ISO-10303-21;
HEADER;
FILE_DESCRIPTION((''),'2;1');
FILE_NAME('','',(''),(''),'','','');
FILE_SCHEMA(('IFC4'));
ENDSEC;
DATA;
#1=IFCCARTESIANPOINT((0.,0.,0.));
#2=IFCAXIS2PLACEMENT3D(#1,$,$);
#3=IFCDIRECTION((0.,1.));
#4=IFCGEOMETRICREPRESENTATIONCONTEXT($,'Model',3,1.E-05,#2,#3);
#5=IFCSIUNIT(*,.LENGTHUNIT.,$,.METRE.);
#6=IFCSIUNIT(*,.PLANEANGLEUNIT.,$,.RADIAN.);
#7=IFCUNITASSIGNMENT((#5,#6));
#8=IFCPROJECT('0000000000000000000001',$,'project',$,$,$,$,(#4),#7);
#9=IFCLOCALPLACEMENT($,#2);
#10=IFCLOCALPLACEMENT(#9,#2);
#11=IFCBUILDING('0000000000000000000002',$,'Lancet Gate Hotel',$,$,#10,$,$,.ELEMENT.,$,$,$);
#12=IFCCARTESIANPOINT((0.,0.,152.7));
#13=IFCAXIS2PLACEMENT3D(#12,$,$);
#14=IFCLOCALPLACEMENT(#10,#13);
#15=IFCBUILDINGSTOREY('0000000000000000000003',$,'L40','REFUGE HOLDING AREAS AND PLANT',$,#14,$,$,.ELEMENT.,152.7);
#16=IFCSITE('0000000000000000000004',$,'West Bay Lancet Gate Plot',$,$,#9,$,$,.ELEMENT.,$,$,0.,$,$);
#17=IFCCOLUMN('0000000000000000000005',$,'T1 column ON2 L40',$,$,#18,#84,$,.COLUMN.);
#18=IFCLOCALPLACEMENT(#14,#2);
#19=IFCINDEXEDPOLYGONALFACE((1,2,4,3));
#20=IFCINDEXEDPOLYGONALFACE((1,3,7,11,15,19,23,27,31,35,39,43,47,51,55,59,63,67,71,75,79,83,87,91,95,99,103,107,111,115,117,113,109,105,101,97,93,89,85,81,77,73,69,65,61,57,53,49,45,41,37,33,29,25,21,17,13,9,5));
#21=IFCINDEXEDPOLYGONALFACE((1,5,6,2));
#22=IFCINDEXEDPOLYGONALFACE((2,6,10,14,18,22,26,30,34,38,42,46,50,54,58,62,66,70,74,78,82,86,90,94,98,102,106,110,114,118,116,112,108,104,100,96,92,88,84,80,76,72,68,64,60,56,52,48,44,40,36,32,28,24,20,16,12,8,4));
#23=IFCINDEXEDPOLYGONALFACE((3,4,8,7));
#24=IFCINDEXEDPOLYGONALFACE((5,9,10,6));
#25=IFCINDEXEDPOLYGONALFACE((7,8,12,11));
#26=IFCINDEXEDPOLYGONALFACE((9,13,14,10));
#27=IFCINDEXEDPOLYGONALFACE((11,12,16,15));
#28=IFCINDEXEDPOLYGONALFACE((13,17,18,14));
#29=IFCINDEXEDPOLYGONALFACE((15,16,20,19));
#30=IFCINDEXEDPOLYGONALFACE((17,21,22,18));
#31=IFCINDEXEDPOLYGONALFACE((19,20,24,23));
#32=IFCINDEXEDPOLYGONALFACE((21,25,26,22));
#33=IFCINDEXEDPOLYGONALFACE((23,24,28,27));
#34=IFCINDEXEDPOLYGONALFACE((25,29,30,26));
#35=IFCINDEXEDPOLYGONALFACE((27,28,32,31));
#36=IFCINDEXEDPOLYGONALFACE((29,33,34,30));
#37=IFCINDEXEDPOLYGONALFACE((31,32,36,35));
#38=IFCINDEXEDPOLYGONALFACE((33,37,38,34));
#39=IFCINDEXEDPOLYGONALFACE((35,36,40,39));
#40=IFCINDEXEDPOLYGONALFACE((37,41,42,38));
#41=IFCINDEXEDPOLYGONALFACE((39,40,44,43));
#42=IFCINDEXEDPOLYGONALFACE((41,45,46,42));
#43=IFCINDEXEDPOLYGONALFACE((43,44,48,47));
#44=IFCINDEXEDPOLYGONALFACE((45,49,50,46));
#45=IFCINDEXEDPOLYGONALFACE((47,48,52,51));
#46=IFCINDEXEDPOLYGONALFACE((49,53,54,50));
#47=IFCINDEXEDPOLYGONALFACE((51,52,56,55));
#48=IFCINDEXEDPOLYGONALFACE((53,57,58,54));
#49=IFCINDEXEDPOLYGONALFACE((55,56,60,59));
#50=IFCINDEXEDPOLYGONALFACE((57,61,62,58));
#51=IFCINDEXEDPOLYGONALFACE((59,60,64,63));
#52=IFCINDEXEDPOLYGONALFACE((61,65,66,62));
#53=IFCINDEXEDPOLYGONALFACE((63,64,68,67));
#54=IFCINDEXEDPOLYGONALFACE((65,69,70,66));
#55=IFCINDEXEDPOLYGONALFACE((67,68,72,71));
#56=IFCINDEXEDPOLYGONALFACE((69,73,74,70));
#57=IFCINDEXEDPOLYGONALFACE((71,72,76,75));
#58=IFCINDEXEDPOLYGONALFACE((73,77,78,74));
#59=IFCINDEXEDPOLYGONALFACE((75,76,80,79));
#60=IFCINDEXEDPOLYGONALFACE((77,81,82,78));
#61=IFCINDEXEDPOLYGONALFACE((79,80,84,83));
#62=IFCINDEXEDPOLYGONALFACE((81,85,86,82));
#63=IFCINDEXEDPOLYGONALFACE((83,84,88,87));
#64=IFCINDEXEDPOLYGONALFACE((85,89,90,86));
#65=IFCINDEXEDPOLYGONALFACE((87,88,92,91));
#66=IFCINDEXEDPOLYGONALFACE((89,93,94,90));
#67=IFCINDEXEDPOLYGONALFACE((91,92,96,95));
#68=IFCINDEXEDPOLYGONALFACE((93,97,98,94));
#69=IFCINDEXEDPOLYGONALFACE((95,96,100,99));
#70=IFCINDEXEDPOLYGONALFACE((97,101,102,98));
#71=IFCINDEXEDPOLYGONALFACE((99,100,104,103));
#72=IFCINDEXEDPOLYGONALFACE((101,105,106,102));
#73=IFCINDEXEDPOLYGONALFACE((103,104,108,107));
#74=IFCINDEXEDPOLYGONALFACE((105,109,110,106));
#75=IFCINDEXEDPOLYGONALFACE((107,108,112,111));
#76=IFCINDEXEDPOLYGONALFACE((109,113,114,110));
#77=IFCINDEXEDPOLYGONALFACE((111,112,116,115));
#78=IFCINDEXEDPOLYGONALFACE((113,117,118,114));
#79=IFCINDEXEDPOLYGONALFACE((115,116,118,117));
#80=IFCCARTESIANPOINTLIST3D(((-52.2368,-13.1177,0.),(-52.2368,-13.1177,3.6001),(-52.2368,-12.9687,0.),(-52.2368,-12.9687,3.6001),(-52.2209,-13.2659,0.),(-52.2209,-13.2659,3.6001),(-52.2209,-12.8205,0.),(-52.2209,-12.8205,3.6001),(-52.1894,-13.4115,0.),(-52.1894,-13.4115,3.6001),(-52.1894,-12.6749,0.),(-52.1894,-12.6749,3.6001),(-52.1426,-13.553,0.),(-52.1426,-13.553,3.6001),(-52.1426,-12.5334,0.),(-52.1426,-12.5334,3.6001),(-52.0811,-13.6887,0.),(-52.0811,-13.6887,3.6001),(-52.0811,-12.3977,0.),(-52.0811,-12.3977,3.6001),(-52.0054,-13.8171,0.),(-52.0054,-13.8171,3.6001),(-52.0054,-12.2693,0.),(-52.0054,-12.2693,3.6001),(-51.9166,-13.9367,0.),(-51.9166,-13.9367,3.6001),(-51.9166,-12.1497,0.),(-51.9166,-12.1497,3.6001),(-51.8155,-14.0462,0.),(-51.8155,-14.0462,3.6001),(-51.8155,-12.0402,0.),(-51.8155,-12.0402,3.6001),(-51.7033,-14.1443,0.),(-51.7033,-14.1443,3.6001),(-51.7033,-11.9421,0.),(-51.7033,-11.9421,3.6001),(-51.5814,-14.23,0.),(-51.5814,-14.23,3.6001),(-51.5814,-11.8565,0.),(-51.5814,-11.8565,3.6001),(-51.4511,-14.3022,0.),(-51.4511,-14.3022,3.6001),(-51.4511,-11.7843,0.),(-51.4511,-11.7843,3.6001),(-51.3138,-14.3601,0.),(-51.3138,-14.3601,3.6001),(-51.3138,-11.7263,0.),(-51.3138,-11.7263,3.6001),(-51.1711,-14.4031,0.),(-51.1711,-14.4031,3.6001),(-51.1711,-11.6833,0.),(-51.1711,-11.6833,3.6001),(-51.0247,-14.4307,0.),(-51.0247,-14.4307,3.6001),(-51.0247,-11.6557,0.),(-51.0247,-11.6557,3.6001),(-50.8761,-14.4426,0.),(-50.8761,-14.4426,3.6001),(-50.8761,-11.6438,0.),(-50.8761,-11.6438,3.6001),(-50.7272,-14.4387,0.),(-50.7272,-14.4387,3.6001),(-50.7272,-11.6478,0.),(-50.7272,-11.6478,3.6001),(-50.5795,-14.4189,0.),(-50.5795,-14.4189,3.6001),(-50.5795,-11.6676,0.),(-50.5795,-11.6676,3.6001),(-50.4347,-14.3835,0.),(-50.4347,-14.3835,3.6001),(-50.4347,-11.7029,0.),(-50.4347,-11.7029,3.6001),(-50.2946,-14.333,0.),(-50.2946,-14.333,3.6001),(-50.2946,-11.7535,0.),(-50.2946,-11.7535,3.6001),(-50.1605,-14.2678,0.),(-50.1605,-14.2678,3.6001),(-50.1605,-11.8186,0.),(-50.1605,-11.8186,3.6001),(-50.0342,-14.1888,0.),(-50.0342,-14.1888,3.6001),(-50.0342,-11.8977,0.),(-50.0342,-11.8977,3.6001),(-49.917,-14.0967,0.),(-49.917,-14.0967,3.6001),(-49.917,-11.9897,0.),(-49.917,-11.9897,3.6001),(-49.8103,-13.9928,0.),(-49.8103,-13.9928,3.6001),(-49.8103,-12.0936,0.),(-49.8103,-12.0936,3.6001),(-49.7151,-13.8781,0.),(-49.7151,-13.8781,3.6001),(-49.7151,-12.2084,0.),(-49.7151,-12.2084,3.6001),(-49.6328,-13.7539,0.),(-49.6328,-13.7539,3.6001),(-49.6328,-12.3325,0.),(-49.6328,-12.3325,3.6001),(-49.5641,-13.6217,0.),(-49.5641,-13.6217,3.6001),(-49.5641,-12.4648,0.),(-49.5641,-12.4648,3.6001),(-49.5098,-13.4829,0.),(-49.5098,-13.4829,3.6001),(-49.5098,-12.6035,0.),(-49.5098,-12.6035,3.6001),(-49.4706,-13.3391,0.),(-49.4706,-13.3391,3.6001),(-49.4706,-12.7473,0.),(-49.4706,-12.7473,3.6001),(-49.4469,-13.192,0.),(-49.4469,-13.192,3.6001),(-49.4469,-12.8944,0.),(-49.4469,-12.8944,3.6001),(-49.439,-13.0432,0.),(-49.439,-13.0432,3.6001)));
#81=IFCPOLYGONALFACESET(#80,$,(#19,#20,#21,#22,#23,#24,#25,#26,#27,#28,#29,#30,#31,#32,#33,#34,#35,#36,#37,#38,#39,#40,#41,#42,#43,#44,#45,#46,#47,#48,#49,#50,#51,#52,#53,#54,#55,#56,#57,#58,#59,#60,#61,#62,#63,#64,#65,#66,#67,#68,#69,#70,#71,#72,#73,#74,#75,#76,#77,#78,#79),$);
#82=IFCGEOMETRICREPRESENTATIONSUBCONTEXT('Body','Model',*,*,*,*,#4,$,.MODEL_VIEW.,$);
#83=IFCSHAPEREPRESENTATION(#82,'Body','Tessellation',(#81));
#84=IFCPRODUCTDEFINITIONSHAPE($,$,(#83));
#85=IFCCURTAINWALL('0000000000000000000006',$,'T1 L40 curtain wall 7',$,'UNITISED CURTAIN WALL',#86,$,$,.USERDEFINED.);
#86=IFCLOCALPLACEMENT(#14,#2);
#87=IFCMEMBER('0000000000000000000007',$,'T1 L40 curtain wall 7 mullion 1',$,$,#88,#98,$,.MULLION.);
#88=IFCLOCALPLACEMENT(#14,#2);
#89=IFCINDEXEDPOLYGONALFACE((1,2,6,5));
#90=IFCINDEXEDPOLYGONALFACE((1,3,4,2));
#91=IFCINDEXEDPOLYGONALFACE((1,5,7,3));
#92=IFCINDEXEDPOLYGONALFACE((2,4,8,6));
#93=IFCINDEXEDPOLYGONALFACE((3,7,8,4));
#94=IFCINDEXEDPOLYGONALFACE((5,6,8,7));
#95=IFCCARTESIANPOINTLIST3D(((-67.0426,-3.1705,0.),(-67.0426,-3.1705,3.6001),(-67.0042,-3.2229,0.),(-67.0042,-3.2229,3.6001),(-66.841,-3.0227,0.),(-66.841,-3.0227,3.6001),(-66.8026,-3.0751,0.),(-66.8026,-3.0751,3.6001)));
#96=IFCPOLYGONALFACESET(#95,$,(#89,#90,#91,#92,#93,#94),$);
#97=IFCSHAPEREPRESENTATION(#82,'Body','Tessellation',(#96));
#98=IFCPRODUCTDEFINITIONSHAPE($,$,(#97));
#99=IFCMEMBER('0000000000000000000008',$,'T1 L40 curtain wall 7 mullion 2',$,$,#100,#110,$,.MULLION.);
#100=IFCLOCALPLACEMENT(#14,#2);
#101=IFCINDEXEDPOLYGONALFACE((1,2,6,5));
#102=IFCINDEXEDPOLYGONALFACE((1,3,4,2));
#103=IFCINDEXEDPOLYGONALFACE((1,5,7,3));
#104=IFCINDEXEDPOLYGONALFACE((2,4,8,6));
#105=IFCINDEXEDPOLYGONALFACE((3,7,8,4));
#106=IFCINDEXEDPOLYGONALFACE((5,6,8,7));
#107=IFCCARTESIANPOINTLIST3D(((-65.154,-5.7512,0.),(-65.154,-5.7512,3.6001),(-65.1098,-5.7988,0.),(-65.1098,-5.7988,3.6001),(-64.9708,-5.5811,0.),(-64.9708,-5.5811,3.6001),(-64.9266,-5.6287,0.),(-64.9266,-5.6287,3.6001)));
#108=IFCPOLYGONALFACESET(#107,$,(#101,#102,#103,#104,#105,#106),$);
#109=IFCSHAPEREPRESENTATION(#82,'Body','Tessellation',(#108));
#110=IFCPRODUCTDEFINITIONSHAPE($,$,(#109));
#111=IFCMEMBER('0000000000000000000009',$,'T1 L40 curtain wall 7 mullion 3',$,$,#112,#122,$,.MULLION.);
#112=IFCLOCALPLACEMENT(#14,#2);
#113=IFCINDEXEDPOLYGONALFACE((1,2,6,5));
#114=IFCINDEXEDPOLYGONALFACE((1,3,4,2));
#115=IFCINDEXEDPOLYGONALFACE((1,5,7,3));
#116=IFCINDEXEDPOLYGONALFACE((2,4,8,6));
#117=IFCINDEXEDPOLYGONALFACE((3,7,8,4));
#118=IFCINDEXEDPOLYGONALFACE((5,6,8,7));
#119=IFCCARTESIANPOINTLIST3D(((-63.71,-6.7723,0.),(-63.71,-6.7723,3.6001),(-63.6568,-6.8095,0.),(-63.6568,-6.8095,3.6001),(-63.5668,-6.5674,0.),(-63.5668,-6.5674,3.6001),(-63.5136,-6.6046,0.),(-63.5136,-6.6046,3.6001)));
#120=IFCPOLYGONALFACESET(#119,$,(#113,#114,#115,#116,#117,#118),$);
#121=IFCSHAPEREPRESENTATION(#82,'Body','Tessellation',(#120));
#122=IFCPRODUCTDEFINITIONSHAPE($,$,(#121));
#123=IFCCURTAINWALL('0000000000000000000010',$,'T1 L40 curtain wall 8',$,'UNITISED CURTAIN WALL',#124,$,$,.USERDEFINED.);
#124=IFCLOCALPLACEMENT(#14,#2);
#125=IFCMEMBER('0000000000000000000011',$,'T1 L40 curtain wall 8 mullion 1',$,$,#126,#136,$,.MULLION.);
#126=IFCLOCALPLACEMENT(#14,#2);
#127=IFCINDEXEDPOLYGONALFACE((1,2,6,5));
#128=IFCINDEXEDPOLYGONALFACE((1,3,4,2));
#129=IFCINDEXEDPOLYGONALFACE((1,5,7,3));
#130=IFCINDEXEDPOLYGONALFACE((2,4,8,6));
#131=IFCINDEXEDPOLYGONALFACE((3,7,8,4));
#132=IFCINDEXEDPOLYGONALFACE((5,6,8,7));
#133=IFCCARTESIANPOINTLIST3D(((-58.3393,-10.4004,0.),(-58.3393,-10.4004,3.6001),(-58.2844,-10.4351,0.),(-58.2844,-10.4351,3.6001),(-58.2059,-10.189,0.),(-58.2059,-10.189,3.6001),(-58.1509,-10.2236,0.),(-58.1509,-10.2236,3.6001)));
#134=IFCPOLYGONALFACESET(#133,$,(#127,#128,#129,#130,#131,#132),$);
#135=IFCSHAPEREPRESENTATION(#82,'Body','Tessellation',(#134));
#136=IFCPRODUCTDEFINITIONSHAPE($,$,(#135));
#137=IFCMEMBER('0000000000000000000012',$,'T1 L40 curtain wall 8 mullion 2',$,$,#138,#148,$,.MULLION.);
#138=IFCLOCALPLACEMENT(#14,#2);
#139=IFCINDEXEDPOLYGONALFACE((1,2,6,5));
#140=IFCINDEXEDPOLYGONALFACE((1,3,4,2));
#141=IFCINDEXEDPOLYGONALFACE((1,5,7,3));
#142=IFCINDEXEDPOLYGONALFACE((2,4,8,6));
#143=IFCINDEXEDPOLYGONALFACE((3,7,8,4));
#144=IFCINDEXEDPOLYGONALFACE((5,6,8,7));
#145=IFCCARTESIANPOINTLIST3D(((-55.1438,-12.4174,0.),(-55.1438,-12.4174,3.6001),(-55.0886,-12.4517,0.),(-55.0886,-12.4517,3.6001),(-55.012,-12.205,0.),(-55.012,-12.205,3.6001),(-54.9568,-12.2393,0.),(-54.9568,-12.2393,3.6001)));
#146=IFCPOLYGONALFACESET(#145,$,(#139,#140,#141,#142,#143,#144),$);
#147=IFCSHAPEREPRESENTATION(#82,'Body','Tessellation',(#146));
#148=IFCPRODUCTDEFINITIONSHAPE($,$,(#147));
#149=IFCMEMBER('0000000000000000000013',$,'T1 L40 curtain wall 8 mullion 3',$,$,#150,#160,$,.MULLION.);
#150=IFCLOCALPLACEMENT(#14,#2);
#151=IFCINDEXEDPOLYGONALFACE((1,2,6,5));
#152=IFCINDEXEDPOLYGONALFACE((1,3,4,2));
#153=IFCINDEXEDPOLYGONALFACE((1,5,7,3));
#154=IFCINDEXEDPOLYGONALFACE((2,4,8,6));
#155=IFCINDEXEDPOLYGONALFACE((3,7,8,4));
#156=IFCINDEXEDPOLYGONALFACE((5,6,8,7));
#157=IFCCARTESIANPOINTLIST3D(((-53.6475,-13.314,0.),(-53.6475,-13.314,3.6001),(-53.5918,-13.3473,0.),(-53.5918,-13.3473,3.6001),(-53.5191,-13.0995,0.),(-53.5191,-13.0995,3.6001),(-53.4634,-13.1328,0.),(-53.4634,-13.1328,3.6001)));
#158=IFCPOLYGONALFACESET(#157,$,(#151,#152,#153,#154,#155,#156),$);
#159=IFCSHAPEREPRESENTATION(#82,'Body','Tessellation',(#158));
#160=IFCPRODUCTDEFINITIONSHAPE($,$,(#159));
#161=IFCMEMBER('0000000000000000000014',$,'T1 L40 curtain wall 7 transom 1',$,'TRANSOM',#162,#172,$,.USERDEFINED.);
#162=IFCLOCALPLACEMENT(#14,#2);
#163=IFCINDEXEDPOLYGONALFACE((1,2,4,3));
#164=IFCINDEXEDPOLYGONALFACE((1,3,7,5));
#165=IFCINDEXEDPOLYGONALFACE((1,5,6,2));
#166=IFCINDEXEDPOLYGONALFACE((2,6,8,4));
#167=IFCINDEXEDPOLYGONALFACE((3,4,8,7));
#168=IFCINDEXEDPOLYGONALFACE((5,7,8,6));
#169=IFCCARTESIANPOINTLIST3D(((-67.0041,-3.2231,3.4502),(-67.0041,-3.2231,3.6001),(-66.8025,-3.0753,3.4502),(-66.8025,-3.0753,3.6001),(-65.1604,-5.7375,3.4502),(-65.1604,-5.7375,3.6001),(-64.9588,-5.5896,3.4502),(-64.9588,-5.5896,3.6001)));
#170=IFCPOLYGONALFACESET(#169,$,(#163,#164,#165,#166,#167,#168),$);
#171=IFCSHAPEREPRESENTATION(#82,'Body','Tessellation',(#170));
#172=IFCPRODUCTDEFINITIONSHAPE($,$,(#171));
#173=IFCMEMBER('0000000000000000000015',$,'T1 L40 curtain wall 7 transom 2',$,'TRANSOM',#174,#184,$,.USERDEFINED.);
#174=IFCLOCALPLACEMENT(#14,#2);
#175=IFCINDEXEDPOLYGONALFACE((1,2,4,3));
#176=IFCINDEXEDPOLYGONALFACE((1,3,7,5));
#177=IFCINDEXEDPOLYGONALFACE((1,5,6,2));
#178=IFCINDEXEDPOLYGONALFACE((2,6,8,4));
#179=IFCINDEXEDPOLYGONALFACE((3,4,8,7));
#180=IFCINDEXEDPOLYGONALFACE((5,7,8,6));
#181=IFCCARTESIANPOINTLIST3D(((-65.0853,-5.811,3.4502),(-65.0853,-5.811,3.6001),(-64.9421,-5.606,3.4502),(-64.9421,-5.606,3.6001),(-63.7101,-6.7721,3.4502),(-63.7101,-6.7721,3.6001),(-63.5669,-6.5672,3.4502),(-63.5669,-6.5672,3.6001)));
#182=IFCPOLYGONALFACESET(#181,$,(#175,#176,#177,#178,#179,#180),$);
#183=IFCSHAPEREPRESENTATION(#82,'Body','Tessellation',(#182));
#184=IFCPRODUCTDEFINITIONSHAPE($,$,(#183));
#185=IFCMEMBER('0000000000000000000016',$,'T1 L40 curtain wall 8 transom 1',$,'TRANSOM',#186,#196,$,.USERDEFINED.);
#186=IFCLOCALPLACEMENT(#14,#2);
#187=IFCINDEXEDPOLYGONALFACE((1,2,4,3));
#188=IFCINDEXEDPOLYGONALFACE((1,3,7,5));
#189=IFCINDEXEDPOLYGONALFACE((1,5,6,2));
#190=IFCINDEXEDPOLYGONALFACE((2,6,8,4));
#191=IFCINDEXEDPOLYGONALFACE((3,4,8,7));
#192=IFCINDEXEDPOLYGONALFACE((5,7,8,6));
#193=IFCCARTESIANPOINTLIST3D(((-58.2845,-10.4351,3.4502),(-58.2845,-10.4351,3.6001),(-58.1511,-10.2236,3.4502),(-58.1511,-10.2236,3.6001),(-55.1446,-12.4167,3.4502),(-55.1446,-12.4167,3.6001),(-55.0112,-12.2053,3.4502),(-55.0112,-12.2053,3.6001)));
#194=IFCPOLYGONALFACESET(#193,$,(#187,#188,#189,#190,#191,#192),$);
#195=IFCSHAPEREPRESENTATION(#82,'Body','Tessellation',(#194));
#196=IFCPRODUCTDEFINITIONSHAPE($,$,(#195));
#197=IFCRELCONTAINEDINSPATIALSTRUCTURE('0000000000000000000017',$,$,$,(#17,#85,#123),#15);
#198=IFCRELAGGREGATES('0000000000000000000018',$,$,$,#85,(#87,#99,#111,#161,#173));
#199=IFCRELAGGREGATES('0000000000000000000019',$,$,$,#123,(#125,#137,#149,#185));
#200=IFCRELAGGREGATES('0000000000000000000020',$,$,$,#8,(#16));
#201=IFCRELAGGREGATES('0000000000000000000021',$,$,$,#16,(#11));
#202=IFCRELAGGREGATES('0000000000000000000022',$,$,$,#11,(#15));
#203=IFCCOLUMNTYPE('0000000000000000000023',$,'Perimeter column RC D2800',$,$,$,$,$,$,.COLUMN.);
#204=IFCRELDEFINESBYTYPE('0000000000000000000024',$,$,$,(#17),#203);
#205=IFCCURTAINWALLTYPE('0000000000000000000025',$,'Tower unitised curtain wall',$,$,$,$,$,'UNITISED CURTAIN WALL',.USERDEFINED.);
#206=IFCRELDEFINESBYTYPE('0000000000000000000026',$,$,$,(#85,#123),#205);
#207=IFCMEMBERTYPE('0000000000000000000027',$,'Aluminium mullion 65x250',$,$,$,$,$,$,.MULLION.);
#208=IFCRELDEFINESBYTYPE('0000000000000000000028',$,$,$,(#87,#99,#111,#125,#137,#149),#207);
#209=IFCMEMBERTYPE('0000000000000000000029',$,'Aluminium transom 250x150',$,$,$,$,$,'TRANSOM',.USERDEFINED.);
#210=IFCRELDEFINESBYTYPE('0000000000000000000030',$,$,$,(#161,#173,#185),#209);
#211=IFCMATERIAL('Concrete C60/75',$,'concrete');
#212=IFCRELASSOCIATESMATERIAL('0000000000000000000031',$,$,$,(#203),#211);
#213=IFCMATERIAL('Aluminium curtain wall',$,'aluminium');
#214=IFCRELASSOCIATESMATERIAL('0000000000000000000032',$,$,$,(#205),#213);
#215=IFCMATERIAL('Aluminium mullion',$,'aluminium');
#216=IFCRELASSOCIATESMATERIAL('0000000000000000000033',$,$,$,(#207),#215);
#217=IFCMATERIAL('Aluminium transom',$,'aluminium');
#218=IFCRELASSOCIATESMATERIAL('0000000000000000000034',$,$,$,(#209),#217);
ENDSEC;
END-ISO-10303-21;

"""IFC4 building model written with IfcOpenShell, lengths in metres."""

from ifc_helpers import new_model, si_unit, direction, frame, origin, origin_2d, place, context, subcontext, project, spatial, rectangle, circle, extrude, material, material_profile, profile_set, type_object, element, aggregate, save


model = new_model("IFC4")

# Units and contexts
model_context = context("Model", 3, precision=1e-05, world=origin(), true_north=direction((0.0, 1.0)))
body_context = subcontext(model_context, "Body", "Model", "MODEL_VIEW")
ifc_project = project(units=[si_unit("LENGTHUNIT", "METRE"), si_unit("PLANEANGLEUNIT", "RADIAN")], contexts=[model_context])

# Site, building, storey
site_placement = place(None, origin())
site = spatial("IfcSite", under=ifc_project, at=site_placement, Name="West Bay Lancet Gate Plot", CompositionType="ELEMENT", RefElevation=0.0)
building_placement = place(site_placement, origin())
building = spatial("IfcBuilding", under=site, at=building_placement, Name="Lancet Gate Hotel", CompositionType="ELEMENT")
storey_placement = place(building_placement, frame((0.0, 0.0, 152.7)))
storey = spatial("IfcBuildingStorey", under=building, at=storey_placement, Name="L40", Description="REFUGE HOLDING AREAS AND PLANT", CompositionType="ELEMENT", Elevation=152.7)

# Column
ifc_material_1 = material(Name="Concrete C60/75", Category="concrete")
ifc_material_profile_1 = material_profile(ifc_material_1, circle(Radius=1.3999, at=origin_2d()), Name="RC D2800")
ifc_profile_set_1 = profile_set([ifc_material_profile_1], Name="Concrete C60/75")
column_type = type_object("IfcColumnType", Name="Perimeter column RC D2800", PredefinedType="COLUMN", material=ifc_profile_set_1)
for number, where, z_axis, x_axis, name in (
    (1, (-50.8389, -13.0432, 0.0), (0.0, 0.0, 1.0), (1.0, 0.0, 0.0), "T1 column ON2 L40"),
):
    element("IfcColumn", number, at=place(storey_placement, frame(where, z_axis=z_axis, x_axis=x_axis)), inside=storey, type_object=column_type, Name=name, PredefinedType="COLUMN", context=body_context, shape_type="SweptSolid", body=[
        extrude(circle(Radius=1.3999, at=origin_2d()), origin(), (0.0, 0.0, 1.0), 3.6001),
    ])

# Curtain walls, members
ifc_material_2 = material(Name="Aluminium curtain wall", Category="aluminium")
curtain_wall_type = type_object("IfcCurtainWallType", Name="Tower unitised curtain wall", ElementType="UNITISED CURTAIN WALL", PredefinedType="USERDEFINED", material=ifc_material_2)
curtain_wall_1_placement = place(storey_placement, origin())
curtain_wall_1 = element("IfcCurtainWall", 2, at=curtain_wall_1_placement, inside=storey, type_object=curtain_wall_type, Name="T1 L40 curtain wall 7", ObjectType="UNITISED CURTAIN WALL", PredefinedType="USERDEFINED")
ifc_material_3 = material(Name="Aluminium mullion", Category="aluminium")
ifc_material_profile_2 = material_profile(ifc_material_3, rectangle(XDim=0.0649, YDim=0.25, at=origin_2d()), Name="MULLION 65x250")
ifc_profile_set_2 = profile_set([ifc_material_profile_2], Name="Aluminium mullion")
member_type_1 = type_object("IfcMemberType", Name="Aluminium mullion 65x250", PredefinedType="MULLION", material=ifc_profile_set_2)
member_1_placement = place(storey_placement, frame((-66.9226, -3.1228, 0.0), z_axis=(0.0, 0.0, 1.0), x_axis=(0.5913, -0.806452, 0.0)))
member_1 = element("IfcMember", 3, at=member_1_placement, type_object=member_type_1, Name="T1 L40 curtain wall 7 mullion 1", PredefinedType="MULLION", context=body_context, shape_type="SweptSolid", body=[
    extrude(rectangle(XDim=0.0649, YDim=0.25, at=origin_2d()), origin(), (0.0, 0.0, 1.0), 3.6001),
])
member_2_placement = place(storey_placement, frame((-65.0403, -5.6899, 0.0), z_axis=(0.0, 0.0, 1.0), x_axis=(0.680442, -0.732802, 0.0)))
member_2 = element("IfcMember", 4, at=member_2_placement, type_object=member_type_1, Name="T1 L40 curtain wall 7 mullion 2", PredefinedType="MULLION", context=body_context, shape_type="SweptSolid", body=[
    extrude(rectangle(XDim=0.0649, YDim=0.25, at=origin_2d()), origin(), (0.0, 0.0, 1.0), 3.6001),
])
member_3_placement = place(storey_placement, frame((-63.6118, -6.6885, 0.0), z_axis=(0.0, 0.0, 1.0), x_axis=(0.819631, -0.572892, 0.0)))
member_3 = element("IfcMember", 5, at=member_3_placement, type_object=member_type_1, Name="T1 L40 curtain wall 7 mullion 3", PredefinedType="MULLION", context=body_context, shape_type="SweptSolid", body=[
    extrude(rectangle(XDim=0.0649, YDim=0.25, at=origin_2d()), origin(), (0.0, 0.0, 1.0), 3.6001),
])
curtain_wall_2_placement = place(storey_placement, origin())
curtain_wall_2 = element("IfcCurtainWall", 6, at=curtain_wall_2_placement, inside=storey, type_object=curtain_wall_type, Name="T1 L40 curtain wall 8", ObjectType="UNITISED CURTAIN WALL", PredefinedType="USERDEFINED")
member_4_placement = place(storey_placement, frame((-58.2451, -10.312, 0.0), z_axis=(0.0, 0.0, 1.0), x_axis=(0.845667, -0.533711, 0.0)))
member_4 = element("IfcMember", 7, at=member_4_placement, type_object=member_type_1, Name="T1 L40 curtain wall 8 mullion 1", PredefinedType="MULLION", context=body_context, shape_type="SweptSolid", body=[
    extrude(rectangle(XDim=0.0649, YDim=0.25, at=origin_2d()), origin(), (0.0, 0.0, 1.0), 3.6001),
])
member_5_placement = place(storey_placement, frame((-55.0503, -12.3284, 0.0), z_axis=(0.0, 0.0, 1.0), x_axis=(0.849606, -0.527417, 0.0)))
member_5 = element("IfcMember", 8, at=member_5_placement, type_object=member_type_1, Name="T1 L40 curtain wall 8 mullion 2", PredefinedType="MULLION", context=body_context, shape_type="SweptSolid", body=[
    extrude(rectangle(XDim=0.0649, YDim=0.25, at=origin_2d()), origin(), (0.0, 0.0, 1.0), 3.6001),
])
member_6_placement = place(storey_placement, frame((-53.5554, -13.2234, 0.0), z_axis=(0.0, 0.0, 1.0), x_axis=(0.857987, -0.513672, 0.0)))
member_6 = element("IfcMember", 9, at=member_6_placement, type_object=member_type_1, Name="T1 L40 curtain wall 8 mullion 3", PredefinedType="MULLION", context=body_context, shape_type="SweptSolid", body=[
    extrude(rectangle(XDim=0.0649, YDim=0.25, at=origin_2d()), origin(), (0.0, 0.0, 1.0), 3.6001),
])

# Members
ifc_material_4 = material(Name="Aluminium transom", Category="aluminium")
ifc_material_profile_3 = material_profile(ifc_material_4, rectangle(XDim=0.25, YDim=0.1499, at=origin_2d()), Name="TRANSOM 250x150")
ifc_profile_set_3 = profile_set([ifc_material_profile_3], Name="Aluminium transom")
member_type_2 = type_object("IfcMemberType", Name="Aluminium transom 250x150", ElementType="TRANSOM", PredefinedType="USERDEFINED", material=ifc_profile_set_3)
member_7_placement = place(storey_placement, frame((-66.9033, -3.1492, 3.5251), z_axis=(0.591333, -0.806427, 0.0), x_axis=(0.806427, 0.591333, 0.0)))
member_7 = element("IfcMember", 10, at=member_7_placement, type_object=member_type_2, Name="T1 L40 curtain wall 7 transom 1", ObjectType="TRANSOM", PredefinedType="USERDEFINED", context=body_context, shape_type="SweptSolid", body=[
    extrude(rectangle(XDim=0.25, YDim=0.1499, at=origin_2d()), origin(), (0.0, 0.0, 1.0), 3.1179),
])
member_8_placement = place(storey_placement, frame((-65.0137, -5.7085, 3.5251), z_axis=(0.819649, -0.572866, 0.0), x_axis=(0.572866, 0.819649, 0.0)))
member_8 = element("IfcMember", 11, at=member_8_placement, type_object=member_type_2, Name="T1 L40 curtain wall 7 transom 2", ObjectType="TRANSOM", PredefinedType="USERDEFINED", context=body_context, shape_type="SweptSolid", body=[
    extrude(rectangle(XDim=0.25, YDim=0.1499, at=origin_2d()), origin(), (0.0, 0.0, 1.0), 1.6777),
])
member_9_placement = place(storey_placement, frame((-58.2178, -10.3293, 3.5251), z_axis=(0.845659, -0.533723, 0.0), x_axis=(0.533723, 0.845659, 0.0)))
member_9 = element("IfcMember", 12, at=member_9_placement, type_object=member_type_2, Name="T1 L40 curtain wall 8 transom 1", ObjectType="TRANSOM", PredefinedType="USERDEFINED", context=body_context, shape_type="SweptSolid", body=[
    extrude(rectangle(XDim=0.25, YDim=0.1499, at=origin_2d()), origin(), (0.0, 0.0, 1.0), 3.7129),
])

aggregate(curtain_wall_1, [member_1, member_2, member_3, member_7, member_8])
aggregate(curtain_wall_2, [member_4, member_5, member_6, member_9])

save(model, "model.ifc")
